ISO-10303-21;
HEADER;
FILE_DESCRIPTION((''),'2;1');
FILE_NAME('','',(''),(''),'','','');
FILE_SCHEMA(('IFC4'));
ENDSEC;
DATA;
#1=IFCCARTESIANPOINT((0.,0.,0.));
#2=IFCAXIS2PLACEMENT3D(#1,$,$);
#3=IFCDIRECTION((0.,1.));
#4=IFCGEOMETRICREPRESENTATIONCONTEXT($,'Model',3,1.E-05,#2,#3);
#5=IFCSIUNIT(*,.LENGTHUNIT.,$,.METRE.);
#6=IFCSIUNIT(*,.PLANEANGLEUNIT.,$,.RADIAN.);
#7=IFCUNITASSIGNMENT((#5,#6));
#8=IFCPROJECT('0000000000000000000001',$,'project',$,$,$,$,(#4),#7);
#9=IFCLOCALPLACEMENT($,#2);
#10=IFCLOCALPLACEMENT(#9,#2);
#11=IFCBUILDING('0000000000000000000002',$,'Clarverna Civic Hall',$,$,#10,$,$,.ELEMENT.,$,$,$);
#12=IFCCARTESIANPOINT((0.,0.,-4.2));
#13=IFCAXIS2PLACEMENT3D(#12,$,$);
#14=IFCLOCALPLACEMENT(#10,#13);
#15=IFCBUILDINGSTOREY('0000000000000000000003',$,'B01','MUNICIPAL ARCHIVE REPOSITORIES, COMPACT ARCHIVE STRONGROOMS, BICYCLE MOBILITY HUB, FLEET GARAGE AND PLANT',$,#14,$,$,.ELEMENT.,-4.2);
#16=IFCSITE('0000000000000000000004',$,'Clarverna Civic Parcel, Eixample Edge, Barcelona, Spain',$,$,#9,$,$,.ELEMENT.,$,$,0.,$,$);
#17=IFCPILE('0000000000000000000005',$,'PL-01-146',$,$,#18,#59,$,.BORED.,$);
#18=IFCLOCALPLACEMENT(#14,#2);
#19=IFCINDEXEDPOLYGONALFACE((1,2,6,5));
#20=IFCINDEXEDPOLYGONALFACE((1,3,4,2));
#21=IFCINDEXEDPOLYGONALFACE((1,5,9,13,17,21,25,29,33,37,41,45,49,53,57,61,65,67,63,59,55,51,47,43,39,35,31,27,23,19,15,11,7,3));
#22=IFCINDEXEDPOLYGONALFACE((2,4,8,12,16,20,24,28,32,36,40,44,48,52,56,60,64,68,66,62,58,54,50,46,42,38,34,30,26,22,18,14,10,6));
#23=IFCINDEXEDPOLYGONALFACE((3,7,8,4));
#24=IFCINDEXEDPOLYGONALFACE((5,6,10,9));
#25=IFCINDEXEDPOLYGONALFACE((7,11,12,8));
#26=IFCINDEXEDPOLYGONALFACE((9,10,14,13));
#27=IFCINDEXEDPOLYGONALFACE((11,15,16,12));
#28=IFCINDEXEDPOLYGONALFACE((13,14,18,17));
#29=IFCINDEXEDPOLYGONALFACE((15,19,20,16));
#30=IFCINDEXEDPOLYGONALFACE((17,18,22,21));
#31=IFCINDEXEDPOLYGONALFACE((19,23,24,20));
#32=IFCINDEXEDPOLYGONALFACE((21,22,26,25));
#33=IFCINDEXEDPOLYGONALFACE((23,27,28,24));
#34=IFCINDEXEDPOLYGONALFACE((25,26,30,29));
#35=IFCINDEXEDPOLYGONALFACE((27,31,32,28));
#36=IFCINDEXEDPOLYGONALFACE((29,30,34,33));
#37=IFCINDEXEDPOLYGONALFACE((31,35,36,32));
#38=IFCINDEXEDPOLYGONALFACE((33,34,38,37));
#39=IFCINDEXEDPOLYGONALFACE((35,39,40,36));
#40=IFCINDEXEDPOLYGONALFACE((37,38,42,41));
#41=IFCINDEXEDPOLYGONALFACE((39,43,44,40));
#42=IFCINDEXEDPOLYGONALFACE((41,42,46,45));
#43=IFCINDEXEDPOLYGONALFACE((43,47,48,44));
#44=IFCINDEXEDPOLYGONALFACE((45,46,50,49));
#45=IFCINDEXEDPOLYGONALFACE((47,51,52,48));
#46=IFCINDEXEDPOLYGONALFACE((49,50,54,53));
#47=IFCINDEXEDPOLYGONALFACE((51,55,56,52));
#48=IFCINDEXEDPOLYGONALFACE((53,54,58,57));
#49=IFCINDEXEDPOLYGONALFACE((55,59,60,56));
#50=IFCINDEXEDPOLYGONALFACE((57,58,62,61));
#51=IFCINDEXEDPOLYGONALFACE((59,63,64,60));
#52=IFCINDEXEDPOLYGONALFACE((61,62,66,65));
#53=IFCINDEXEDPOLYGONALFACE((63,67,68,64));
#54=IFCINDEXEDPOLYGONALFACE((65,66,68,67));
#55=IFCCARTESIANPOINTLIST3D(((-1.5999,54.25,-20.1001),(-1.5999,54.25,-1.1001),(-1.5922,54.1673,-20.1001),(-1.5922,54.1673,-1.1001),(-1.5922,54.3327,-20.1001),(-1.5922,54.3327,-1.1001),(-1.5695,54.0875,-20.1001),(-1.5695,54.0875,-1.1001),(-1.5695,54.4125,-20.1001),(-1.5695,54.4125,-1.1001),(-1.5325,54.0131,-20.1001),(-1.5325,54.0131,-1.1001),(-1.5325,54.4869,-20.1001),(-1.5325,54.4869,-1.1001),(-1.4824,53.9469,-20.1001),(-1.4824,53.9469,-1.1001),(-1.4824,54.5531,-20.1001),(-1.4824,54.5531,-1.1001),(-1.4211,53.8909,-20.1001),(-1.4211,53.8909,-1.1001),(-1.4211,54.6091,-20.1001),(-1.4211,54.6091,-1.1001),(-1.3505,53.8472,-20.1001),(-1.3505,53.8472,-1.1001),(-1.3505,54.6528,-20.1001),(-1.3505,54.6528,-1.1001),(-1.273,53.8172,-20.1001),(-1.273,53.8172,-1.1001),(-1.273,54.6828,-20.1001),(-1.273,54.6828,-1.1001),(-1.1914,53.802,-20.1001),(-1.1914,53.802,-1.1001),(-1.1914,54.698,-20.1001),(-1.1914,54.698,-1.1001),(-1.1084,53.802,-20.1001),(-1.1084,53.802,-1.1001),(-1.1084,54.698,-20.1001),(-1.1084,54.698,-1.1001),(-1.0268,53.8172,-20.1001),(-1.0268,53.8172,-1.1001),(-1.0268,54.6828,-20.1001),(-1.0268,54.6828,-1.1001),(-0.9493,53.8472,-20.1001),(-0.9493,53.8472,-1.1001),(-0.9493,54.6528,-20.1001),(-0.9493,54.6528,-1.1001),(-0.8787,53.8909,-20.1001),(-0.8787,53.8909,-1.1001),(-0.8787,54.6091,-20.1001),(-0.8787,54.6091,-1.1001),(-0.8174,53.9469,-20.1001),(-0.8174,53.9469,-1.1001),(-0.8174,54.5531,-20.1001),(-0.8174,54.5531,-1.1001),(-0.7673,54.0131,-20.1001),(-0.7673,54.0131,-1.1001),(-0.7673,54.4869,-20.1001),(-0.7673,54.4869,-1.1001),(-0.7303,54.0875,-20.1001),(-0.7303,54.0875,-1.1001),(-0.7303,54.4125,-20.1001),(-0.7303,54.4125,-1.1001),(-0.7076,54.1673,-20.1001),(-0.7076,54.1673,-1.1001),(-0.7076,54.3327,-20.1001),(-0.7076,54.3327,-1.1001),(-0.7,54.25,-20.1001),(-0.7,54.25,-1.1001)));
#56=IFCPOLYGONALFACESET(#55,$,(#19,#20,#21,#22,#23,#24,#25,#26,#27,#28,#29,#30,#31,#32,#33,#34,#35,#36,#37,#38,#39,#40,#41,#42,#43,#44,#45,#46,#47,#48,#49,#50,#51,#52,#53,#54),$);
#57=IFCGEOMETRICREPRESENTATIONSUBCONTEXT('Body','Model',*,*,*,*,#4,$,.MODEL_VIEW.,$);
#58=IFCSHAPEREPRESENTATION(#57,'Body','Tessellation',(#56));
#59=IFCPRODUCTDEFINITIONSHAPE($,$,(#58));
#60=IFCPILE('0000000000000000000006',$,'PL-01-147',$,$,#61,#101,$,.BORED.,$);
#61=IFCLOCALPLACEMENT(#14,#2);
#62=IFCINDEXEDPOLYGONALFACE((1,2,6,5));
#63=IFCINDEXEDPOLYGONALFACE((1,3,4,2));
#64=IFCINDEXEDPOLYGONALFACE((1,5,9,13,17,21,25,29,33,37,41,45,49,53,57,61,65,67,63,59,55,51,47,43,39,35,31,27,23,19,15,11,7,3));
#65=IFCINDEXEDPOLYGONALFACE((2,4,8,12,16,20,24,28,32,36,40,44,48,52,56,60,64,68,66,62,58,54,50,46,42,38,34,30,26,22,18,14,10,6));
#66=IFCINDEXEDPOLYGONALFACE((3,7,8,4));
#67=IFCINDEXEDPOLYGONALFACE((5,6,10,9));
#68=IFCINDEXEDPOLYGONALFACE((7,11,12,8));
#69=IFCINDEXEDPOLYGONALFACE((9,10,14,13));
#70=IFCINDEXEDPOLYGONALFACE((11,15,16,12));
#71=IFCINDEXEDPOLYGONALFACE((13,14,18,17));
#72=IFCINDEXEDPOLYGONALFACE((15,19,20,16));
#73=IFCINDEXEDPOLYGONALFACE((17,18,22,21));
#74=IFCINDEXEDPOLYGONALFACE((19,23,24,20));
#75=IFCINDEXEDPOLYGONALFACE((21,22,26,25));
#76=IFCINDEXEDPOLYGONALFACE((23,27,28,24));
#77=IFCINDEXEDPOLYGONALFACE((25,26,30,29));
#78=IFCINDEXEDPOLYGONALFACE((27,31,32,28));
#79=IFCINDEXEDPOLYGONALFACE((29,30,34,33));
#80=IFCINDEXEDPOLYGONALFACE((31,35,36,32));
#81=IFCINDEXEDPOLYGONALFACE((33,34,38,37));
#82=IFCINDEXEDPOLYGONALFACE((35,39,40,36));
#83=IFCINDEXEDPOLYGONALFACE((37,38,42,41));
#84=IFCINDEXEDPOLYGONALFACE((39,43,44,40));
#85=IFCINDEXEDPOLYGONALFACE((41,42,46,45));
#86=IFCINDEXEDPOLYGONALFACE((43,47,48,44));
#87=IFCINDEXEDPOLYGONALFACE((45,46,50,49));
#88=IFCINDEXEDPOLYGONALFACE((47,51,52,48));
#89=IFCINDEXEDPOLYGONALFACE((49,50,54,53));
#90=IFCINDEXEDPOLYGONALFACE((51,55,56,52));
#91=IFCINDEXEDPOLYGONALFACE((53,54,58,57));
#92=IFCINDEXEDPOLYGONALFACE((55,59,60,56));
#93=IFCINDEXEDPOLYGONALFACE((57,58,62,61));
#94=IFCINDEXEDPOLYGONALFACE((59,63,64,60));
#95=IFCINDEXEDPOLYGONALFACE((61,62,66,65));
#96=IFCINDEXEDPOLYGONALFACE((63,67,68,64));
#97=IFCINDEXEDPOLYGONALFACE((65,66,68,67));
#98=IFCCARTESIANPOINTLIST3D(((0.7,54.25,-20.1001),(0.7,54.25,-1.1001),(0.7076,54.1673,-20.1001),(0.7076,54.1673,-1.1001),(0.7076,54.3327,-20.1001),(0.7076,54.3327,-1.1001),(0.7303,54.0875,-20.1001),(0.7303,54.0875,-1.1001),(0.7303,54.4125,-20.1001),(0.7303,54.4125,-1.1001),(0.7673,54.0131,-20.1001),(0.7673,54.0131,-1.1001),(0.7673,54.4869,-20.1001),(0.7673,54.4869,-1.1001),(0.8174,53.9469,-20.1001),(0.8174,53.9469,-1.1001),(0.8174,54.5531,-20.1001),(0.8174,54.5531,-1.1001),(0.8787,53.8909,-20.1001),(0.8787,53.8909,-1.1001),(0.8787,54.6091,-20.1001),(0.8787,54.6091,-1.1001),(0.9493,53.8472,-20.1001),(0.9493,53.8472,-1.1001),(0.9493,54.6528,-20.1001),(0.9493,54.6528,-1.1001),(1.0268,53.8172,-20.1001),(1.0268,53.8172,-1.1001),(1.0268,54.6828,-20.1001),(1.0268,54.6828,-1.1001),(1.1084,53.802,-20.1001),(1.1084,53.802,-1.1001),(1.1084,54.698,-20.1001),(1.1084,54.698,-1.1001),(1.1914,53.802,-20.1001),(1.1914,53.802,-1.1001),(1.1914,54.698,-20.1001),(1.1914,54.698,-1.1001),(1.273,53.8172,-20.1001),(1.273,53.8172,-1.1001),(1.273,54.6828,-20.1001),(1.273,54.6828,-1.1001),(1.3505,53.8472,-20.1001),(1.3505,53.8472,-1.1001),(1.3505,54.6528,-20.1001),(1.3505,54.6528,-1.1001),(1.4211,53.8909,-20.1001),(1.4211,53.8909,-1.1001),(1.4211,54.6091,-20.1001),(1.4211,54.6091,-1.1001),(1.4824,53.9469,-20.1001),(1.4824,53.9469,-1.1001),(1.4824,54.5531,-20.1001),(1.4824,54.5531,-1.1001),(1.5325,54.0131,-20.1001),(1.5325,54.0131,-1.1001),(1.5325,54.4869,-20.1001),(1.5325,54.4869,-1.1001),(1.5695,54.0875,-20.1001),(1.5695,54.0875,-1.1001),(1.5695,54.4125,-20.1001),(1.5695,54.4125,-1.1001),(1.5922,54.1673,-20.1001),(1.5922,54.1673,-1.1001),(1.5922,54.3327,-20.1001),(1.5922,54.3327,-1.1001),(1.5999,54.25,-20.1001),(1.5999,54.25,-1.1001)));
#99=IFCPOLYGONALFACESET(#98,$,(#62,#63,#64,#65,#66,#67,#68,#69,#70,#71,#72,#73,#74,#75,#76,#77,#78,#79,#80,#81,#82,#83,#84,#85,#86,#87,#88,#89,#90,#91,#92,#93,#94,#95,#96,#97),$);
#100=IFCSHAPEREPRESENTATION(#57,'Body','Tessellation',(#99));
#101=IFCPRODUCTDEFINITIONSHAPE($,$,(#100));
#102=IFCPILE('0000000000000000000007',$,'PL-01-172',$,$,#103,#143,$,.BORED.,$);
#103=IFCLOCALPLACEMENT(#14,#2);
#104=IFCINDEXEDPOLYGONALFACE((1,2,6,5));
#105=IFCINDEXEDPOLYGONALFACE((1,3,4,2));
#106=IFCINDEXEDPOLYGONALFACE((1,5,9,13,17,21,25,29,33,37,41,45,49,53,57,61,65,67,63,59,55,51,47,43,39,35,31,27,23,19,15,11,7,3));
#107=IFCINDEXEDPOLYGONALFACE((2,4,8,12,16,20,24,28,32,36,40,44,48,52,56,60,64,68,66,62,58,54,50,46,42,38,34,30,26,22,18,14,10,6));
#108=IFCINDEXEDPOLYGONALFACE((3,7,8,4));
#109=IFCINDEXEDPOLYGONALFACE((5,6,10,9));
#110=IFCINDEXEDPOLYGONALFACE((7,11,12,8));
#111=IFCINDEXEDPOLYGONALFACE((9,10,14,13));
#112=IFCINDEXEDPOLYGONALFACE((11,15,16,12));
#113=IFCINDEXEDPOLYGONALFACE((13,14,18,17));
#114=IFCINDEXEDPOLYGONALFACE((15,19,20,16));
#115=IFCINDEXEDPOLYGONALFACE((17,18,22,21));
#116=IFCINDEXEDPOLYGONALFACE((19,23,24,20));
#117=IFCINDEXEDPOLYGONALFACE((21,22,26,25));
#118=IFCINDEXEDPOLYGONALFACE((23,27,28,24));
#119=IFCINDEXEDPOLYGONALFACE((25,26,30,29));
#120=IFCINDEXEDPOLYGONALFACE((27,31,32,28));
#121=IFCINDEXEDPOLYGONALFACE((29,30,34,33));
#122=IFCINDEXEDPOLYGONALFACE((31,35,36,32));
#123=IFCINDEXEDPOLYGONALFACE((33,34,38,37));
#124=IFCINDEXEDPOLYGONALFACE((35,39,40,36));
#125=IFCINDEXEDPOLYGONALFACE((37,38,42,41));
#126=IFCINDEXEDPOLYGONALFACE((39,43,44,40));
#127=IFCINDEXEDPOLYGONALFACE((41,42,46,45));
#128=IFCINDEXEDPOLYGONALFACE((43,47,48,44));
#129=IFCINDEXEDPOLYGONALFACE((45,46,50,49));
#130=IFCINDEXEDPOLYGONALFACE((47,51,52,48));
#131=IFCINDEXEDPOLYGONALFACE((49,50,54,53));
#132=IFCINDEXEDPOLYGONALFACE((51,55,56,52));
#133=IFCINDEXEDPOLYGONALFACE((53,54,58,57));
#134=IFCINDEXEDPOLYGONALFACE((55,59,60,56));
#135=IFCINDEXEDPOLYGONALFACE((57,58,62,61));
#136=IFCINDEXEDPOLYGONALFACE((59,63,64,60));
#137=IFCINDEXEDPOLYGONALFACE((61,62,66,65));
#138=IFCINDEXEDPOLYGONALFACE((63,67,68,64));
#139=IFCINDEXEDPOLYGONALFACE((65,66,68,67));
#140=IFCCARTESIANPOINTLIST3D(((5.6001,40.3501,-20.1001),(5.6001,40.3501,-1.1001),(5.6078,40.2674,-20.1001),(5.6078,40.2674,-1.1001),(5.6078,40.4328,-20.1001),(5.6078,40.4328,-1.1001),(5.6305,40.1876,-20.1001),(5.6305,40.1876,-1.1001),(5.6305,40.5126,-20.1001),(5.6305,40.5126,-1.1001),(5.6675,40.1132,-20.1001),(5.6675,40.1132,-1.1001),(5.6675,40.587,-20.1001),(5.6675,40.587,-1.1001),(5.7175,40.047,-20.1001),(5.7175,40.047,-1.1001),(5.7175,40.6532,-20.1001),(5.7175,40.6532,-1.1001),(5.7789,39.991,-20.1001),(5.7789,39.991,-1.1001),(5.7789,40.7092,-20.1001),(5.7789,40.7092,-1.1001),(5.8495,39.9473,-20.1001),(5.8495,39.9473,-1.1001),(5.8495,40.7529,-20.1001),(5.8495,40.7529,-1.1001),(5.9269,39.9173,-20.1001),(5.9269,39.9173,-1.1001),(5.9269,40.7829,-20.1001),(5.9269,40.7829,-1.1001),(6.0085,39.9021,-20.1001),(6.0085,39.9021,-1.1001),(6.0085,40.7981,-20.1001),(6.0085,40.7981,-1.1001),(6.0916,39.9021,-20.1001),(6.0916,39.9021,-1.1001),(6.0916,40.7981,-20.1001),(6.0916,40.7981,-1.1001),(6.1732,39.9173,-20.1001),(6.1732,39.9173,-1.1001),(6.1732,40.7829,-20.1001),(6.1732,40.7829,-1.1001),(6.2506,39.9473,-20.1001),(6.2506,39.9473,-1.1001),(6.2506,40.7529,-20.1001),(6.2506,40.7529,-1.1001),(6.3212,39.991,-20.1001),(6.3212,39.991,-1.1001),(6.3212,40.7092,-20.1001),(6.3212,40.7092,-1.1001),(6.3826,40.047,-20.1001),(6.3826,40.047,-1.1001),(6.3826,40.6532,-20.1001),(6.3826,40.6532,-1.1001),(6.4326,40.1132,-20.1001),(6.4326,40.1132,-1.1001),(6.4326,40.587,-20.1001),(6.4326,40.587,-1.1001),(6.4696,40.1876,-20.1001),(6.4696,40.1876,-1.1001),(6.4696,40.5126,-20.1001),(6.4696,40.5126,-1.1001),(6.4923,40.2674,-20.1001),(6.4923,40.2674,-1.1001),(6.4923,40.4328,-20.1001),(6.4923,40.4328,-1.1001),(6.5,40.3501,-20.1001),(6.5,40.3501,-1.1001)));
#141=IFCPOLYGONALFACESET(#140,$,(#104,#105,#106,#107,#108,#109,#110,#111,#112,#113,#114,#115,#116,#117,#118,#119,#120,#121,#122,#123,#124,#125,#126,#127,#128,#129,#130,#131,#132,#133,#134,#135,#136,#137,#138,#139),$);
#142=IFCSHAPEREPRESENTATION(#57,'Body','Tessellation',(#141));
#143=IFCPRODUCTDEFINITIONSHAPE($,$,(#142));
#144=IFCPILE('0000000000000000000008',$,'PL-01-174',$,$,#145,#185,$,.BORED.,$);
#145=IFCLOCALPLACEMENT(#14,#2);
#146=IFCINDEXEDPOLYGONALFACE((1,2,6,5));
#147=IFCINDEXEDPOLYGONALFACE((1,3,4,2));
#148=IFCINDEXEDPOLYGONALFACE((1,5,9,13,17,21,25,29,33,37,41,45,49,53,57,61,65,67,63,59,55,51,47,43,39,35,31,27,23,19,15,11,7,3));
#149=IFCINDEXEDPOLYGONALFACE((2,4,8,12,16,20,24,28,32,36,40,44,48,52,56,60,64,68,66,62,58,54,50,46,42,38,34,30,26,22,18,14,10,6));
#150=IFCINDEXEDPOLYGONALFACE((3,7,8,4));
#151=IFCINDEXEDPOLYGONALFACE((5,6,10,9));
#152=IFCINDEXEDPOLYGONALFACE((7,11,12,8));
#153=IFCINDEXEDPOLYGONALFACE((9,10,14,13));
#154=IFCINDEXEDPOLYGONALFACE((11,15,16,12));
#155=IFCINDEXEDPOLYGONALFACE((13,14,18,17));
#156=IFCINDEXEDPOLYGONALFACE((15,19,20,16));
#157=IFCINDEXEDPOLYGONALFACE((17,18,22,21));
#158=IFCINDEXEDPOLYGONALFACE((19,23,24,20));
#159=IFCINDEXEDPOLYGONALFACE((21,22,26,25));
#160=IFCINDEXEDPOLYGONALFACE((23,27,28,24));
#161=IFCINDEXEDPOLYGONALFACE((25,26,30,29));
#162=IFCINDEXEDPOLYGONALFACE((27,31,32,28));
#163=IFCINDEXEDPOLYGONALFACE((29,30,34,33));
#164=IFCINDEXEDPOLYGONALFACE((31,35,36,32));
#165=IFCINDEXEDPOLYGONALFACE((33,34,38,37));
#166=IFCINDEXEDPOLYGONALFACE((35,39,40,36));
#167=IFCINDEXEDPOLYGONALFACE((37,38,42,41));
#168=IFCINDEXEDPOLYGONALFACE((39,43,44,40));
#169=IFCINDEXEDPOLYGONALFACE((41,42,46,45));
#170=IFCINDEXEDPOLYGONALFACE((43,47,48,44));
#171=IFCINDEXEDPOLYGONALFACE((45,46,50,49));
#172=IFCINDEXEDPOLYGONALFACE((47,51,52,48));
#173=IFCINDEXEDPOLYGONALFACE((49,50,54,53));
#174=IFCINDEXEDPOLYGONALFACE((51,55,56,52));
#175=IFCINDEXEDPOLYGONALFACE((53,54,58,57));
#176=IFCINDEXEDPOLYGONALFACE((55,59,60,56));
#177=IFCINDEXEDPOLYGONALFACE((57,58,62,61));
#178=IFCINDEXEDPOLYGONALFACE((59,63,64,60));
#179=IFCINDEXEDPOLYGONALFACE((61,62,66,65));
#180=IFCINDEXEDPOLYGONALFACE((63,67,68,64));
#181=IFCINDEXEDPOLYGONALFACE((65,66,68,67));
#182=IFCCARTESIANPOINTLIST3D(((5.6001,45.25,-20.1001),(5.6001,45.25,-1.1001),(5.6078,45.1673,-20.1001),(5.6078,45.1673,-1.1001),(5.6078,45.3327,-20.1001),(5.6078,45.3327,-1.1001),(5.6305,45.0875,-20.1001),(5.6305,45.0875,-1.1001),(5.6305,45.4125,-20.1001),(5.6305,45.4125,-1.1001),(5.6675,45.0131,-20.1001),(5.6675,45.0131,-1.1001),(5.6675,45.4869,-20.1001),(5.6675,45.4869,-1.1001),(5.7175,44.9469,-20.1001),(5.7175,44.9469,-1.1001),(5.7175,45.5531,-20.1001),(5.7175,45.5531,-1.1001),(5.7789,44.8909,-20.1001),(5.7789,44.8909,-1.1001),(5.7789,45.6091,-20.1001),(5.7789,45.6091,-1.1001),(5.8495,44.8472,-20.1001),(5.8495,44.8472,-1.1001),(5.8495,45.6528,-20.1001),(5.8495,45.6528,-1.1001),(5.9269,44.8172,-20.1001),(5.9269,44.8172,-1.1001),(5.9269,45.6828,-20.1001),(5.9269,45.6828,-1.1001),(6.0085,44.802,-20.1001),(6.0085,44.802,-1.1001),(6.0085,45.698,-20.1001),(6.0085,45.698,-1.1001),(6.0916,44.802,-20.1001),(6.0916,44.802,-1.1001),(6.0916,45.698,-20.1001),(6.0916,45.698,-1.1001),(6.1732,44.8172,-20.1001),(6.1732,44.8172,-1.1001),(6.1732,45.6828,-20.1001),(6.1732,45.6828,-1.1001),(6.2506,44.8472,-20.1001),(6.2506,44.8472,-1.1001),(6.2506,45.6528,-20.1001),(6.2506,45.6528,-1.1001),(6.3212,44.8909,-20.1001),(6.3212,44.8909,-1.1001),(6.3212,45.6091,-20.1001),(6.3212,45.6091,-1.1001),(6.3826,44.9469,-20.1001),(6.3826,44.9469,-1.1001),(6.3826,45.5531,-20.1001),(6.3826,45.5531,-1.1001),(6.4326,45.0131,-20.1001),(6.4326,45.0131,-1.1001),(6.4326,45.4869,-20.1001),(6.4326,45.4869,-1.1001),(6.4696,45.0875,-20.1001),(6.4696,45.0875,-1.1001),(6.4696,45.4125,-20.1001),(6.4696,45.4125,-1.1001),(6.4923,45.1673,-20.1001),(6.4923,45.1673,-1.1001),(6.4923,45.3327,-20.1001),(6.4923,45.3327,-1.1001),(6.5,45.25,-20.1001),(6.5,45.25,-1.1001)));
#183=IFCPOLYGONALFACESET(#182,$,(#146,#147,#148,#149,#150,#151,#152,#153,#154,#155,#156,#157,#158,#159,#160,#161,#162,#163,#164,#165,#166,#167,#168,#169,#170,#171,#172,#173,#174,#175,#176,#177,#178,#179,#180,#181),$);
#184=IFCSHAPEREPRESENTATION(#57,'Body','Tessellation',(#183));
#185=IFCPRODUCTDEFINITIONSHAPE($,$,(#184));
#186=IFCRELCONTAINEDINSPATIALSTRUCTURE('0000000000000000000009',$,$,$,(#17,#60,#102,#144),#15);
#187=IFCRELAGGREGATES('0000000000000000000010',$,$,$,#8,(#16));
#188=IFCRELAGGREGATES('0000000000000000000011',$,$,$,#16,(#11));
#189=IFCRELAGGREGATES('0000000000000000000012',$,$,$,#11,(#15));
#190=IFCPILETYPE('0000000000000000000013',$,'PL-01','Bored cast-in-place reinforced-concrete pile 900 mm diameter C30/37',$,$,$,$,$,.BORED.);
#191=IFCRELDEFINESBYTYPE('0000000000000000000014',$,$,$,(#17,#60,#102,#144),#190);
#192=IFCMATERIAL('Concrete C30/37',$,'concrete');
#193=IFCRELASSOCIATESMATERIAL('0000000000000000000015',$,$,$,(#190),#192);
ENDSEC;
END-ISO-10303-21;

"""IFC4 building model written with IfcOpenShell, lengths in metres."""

from ifc_helpers import new_model, si_unit, direction, frame, origin, origin_2d, place, context, subcontext, project, spatial, circle, extrude, material, material_profile, profile_set, type_object, element, save


model = new_model("IFC4")

# Units and contexts
model_context = context("Model", 3, precision=1e-05, world=origin(), true_north=direction((0.0, 1.0)))
body_context = subcontext(model_context, "Body", "Model", "MODEL_VIEW")
ifc_project = project(units=[si_unit("LENGTHUNIT", "METRE"), si_unit("PLANEANGLEUNIT", "RADIAN")], contexts=[model_context])

# Site, building, storey
site_placement = place(None, origin())
site = spatial("IfcSite", under=ifc_project, at=site_placement, Name="Clarverna Civic Parcel, Eixample Edge, Barcelona, Spain", CompositionType="ELEMENT", RefElevation=0.0)
building_placement = place(site_placement, origin())
building = spatial("IfcBuilding", under=site, at=building_placement, Name="Clarverna Civic Hall", CompositionType="ELEMENT")
storey_placement = place(building_placement, frame((0.0, 0.0, -4.2)))
storey = spatial("IfcBuildingStorey", under=building, at=storey_placement, Name="B01", Description="MUNICIPAL ARCHIVE REPOSITORIES, COMPACT ARCHIVE STRONGROOMS, BICYCLE MOBILITY HUB, FLEET GARAGE AND PLANT", CompositionType="ELEMENT", Elevation=-4.2)

# Shared definitions
ifc_material_1 = material(Name="Concrete C30/37", Category="concrete")

# Piles
ifc_material_profile_1 = material_profile(ifc_material_1, circle(Radius=0.45, at=origin_2d()), Name="BORED PILE D900")
ifc_profile_set_1 = profile_set([ifc_material_profile_1], Name="Concrete C30/37")
pile_type = type_object("IfcPileType", Name="PL-01", Description="Bored cast-in-place reinforced-concrete pile 900 mm diameter C30/37", PredefinedType="BORED", material=ifc_profile_set_1)
for number, where, z_axis, x_axis, name in (
    (1, (-1.1499, 54.25, -1.1001), (0.0, 0.0, -1.0), (1.0, 0.0, 0.0), "PL-01-146"),
    (2, (1.1499, 54.25, -1.1001), (0.0, 0.0, -1.0), (1.0, 0.0, 0.0), "PL-01-147"),
    (3, (6.05, 40.3501, -1.1001), (0.0, 0.0, -1.0), (1.0, 0.0, 0.0), "PL-01-172"),
    (4, (6.05, 45.25, -1.1001), (0.0, 0.0, -1.0), (1.0, 0.0, 0.0), "PL-01-174"),
):
    element("IfcPile", number, at=place(storey_placement, frame(where, z_axis=z_axis, x_axis=x_axis)), inside=storey, type_object=pile_type, Name=name, PredefinedType="BORED", context=body_context, shape_type="SweptSolid", body=[
        extrude(circle(Radius=0.45, at=origin_2d()), origin(), (0.0, 0.0, 1.0), 19.0),
    ])

save(model, "model.ifc")
